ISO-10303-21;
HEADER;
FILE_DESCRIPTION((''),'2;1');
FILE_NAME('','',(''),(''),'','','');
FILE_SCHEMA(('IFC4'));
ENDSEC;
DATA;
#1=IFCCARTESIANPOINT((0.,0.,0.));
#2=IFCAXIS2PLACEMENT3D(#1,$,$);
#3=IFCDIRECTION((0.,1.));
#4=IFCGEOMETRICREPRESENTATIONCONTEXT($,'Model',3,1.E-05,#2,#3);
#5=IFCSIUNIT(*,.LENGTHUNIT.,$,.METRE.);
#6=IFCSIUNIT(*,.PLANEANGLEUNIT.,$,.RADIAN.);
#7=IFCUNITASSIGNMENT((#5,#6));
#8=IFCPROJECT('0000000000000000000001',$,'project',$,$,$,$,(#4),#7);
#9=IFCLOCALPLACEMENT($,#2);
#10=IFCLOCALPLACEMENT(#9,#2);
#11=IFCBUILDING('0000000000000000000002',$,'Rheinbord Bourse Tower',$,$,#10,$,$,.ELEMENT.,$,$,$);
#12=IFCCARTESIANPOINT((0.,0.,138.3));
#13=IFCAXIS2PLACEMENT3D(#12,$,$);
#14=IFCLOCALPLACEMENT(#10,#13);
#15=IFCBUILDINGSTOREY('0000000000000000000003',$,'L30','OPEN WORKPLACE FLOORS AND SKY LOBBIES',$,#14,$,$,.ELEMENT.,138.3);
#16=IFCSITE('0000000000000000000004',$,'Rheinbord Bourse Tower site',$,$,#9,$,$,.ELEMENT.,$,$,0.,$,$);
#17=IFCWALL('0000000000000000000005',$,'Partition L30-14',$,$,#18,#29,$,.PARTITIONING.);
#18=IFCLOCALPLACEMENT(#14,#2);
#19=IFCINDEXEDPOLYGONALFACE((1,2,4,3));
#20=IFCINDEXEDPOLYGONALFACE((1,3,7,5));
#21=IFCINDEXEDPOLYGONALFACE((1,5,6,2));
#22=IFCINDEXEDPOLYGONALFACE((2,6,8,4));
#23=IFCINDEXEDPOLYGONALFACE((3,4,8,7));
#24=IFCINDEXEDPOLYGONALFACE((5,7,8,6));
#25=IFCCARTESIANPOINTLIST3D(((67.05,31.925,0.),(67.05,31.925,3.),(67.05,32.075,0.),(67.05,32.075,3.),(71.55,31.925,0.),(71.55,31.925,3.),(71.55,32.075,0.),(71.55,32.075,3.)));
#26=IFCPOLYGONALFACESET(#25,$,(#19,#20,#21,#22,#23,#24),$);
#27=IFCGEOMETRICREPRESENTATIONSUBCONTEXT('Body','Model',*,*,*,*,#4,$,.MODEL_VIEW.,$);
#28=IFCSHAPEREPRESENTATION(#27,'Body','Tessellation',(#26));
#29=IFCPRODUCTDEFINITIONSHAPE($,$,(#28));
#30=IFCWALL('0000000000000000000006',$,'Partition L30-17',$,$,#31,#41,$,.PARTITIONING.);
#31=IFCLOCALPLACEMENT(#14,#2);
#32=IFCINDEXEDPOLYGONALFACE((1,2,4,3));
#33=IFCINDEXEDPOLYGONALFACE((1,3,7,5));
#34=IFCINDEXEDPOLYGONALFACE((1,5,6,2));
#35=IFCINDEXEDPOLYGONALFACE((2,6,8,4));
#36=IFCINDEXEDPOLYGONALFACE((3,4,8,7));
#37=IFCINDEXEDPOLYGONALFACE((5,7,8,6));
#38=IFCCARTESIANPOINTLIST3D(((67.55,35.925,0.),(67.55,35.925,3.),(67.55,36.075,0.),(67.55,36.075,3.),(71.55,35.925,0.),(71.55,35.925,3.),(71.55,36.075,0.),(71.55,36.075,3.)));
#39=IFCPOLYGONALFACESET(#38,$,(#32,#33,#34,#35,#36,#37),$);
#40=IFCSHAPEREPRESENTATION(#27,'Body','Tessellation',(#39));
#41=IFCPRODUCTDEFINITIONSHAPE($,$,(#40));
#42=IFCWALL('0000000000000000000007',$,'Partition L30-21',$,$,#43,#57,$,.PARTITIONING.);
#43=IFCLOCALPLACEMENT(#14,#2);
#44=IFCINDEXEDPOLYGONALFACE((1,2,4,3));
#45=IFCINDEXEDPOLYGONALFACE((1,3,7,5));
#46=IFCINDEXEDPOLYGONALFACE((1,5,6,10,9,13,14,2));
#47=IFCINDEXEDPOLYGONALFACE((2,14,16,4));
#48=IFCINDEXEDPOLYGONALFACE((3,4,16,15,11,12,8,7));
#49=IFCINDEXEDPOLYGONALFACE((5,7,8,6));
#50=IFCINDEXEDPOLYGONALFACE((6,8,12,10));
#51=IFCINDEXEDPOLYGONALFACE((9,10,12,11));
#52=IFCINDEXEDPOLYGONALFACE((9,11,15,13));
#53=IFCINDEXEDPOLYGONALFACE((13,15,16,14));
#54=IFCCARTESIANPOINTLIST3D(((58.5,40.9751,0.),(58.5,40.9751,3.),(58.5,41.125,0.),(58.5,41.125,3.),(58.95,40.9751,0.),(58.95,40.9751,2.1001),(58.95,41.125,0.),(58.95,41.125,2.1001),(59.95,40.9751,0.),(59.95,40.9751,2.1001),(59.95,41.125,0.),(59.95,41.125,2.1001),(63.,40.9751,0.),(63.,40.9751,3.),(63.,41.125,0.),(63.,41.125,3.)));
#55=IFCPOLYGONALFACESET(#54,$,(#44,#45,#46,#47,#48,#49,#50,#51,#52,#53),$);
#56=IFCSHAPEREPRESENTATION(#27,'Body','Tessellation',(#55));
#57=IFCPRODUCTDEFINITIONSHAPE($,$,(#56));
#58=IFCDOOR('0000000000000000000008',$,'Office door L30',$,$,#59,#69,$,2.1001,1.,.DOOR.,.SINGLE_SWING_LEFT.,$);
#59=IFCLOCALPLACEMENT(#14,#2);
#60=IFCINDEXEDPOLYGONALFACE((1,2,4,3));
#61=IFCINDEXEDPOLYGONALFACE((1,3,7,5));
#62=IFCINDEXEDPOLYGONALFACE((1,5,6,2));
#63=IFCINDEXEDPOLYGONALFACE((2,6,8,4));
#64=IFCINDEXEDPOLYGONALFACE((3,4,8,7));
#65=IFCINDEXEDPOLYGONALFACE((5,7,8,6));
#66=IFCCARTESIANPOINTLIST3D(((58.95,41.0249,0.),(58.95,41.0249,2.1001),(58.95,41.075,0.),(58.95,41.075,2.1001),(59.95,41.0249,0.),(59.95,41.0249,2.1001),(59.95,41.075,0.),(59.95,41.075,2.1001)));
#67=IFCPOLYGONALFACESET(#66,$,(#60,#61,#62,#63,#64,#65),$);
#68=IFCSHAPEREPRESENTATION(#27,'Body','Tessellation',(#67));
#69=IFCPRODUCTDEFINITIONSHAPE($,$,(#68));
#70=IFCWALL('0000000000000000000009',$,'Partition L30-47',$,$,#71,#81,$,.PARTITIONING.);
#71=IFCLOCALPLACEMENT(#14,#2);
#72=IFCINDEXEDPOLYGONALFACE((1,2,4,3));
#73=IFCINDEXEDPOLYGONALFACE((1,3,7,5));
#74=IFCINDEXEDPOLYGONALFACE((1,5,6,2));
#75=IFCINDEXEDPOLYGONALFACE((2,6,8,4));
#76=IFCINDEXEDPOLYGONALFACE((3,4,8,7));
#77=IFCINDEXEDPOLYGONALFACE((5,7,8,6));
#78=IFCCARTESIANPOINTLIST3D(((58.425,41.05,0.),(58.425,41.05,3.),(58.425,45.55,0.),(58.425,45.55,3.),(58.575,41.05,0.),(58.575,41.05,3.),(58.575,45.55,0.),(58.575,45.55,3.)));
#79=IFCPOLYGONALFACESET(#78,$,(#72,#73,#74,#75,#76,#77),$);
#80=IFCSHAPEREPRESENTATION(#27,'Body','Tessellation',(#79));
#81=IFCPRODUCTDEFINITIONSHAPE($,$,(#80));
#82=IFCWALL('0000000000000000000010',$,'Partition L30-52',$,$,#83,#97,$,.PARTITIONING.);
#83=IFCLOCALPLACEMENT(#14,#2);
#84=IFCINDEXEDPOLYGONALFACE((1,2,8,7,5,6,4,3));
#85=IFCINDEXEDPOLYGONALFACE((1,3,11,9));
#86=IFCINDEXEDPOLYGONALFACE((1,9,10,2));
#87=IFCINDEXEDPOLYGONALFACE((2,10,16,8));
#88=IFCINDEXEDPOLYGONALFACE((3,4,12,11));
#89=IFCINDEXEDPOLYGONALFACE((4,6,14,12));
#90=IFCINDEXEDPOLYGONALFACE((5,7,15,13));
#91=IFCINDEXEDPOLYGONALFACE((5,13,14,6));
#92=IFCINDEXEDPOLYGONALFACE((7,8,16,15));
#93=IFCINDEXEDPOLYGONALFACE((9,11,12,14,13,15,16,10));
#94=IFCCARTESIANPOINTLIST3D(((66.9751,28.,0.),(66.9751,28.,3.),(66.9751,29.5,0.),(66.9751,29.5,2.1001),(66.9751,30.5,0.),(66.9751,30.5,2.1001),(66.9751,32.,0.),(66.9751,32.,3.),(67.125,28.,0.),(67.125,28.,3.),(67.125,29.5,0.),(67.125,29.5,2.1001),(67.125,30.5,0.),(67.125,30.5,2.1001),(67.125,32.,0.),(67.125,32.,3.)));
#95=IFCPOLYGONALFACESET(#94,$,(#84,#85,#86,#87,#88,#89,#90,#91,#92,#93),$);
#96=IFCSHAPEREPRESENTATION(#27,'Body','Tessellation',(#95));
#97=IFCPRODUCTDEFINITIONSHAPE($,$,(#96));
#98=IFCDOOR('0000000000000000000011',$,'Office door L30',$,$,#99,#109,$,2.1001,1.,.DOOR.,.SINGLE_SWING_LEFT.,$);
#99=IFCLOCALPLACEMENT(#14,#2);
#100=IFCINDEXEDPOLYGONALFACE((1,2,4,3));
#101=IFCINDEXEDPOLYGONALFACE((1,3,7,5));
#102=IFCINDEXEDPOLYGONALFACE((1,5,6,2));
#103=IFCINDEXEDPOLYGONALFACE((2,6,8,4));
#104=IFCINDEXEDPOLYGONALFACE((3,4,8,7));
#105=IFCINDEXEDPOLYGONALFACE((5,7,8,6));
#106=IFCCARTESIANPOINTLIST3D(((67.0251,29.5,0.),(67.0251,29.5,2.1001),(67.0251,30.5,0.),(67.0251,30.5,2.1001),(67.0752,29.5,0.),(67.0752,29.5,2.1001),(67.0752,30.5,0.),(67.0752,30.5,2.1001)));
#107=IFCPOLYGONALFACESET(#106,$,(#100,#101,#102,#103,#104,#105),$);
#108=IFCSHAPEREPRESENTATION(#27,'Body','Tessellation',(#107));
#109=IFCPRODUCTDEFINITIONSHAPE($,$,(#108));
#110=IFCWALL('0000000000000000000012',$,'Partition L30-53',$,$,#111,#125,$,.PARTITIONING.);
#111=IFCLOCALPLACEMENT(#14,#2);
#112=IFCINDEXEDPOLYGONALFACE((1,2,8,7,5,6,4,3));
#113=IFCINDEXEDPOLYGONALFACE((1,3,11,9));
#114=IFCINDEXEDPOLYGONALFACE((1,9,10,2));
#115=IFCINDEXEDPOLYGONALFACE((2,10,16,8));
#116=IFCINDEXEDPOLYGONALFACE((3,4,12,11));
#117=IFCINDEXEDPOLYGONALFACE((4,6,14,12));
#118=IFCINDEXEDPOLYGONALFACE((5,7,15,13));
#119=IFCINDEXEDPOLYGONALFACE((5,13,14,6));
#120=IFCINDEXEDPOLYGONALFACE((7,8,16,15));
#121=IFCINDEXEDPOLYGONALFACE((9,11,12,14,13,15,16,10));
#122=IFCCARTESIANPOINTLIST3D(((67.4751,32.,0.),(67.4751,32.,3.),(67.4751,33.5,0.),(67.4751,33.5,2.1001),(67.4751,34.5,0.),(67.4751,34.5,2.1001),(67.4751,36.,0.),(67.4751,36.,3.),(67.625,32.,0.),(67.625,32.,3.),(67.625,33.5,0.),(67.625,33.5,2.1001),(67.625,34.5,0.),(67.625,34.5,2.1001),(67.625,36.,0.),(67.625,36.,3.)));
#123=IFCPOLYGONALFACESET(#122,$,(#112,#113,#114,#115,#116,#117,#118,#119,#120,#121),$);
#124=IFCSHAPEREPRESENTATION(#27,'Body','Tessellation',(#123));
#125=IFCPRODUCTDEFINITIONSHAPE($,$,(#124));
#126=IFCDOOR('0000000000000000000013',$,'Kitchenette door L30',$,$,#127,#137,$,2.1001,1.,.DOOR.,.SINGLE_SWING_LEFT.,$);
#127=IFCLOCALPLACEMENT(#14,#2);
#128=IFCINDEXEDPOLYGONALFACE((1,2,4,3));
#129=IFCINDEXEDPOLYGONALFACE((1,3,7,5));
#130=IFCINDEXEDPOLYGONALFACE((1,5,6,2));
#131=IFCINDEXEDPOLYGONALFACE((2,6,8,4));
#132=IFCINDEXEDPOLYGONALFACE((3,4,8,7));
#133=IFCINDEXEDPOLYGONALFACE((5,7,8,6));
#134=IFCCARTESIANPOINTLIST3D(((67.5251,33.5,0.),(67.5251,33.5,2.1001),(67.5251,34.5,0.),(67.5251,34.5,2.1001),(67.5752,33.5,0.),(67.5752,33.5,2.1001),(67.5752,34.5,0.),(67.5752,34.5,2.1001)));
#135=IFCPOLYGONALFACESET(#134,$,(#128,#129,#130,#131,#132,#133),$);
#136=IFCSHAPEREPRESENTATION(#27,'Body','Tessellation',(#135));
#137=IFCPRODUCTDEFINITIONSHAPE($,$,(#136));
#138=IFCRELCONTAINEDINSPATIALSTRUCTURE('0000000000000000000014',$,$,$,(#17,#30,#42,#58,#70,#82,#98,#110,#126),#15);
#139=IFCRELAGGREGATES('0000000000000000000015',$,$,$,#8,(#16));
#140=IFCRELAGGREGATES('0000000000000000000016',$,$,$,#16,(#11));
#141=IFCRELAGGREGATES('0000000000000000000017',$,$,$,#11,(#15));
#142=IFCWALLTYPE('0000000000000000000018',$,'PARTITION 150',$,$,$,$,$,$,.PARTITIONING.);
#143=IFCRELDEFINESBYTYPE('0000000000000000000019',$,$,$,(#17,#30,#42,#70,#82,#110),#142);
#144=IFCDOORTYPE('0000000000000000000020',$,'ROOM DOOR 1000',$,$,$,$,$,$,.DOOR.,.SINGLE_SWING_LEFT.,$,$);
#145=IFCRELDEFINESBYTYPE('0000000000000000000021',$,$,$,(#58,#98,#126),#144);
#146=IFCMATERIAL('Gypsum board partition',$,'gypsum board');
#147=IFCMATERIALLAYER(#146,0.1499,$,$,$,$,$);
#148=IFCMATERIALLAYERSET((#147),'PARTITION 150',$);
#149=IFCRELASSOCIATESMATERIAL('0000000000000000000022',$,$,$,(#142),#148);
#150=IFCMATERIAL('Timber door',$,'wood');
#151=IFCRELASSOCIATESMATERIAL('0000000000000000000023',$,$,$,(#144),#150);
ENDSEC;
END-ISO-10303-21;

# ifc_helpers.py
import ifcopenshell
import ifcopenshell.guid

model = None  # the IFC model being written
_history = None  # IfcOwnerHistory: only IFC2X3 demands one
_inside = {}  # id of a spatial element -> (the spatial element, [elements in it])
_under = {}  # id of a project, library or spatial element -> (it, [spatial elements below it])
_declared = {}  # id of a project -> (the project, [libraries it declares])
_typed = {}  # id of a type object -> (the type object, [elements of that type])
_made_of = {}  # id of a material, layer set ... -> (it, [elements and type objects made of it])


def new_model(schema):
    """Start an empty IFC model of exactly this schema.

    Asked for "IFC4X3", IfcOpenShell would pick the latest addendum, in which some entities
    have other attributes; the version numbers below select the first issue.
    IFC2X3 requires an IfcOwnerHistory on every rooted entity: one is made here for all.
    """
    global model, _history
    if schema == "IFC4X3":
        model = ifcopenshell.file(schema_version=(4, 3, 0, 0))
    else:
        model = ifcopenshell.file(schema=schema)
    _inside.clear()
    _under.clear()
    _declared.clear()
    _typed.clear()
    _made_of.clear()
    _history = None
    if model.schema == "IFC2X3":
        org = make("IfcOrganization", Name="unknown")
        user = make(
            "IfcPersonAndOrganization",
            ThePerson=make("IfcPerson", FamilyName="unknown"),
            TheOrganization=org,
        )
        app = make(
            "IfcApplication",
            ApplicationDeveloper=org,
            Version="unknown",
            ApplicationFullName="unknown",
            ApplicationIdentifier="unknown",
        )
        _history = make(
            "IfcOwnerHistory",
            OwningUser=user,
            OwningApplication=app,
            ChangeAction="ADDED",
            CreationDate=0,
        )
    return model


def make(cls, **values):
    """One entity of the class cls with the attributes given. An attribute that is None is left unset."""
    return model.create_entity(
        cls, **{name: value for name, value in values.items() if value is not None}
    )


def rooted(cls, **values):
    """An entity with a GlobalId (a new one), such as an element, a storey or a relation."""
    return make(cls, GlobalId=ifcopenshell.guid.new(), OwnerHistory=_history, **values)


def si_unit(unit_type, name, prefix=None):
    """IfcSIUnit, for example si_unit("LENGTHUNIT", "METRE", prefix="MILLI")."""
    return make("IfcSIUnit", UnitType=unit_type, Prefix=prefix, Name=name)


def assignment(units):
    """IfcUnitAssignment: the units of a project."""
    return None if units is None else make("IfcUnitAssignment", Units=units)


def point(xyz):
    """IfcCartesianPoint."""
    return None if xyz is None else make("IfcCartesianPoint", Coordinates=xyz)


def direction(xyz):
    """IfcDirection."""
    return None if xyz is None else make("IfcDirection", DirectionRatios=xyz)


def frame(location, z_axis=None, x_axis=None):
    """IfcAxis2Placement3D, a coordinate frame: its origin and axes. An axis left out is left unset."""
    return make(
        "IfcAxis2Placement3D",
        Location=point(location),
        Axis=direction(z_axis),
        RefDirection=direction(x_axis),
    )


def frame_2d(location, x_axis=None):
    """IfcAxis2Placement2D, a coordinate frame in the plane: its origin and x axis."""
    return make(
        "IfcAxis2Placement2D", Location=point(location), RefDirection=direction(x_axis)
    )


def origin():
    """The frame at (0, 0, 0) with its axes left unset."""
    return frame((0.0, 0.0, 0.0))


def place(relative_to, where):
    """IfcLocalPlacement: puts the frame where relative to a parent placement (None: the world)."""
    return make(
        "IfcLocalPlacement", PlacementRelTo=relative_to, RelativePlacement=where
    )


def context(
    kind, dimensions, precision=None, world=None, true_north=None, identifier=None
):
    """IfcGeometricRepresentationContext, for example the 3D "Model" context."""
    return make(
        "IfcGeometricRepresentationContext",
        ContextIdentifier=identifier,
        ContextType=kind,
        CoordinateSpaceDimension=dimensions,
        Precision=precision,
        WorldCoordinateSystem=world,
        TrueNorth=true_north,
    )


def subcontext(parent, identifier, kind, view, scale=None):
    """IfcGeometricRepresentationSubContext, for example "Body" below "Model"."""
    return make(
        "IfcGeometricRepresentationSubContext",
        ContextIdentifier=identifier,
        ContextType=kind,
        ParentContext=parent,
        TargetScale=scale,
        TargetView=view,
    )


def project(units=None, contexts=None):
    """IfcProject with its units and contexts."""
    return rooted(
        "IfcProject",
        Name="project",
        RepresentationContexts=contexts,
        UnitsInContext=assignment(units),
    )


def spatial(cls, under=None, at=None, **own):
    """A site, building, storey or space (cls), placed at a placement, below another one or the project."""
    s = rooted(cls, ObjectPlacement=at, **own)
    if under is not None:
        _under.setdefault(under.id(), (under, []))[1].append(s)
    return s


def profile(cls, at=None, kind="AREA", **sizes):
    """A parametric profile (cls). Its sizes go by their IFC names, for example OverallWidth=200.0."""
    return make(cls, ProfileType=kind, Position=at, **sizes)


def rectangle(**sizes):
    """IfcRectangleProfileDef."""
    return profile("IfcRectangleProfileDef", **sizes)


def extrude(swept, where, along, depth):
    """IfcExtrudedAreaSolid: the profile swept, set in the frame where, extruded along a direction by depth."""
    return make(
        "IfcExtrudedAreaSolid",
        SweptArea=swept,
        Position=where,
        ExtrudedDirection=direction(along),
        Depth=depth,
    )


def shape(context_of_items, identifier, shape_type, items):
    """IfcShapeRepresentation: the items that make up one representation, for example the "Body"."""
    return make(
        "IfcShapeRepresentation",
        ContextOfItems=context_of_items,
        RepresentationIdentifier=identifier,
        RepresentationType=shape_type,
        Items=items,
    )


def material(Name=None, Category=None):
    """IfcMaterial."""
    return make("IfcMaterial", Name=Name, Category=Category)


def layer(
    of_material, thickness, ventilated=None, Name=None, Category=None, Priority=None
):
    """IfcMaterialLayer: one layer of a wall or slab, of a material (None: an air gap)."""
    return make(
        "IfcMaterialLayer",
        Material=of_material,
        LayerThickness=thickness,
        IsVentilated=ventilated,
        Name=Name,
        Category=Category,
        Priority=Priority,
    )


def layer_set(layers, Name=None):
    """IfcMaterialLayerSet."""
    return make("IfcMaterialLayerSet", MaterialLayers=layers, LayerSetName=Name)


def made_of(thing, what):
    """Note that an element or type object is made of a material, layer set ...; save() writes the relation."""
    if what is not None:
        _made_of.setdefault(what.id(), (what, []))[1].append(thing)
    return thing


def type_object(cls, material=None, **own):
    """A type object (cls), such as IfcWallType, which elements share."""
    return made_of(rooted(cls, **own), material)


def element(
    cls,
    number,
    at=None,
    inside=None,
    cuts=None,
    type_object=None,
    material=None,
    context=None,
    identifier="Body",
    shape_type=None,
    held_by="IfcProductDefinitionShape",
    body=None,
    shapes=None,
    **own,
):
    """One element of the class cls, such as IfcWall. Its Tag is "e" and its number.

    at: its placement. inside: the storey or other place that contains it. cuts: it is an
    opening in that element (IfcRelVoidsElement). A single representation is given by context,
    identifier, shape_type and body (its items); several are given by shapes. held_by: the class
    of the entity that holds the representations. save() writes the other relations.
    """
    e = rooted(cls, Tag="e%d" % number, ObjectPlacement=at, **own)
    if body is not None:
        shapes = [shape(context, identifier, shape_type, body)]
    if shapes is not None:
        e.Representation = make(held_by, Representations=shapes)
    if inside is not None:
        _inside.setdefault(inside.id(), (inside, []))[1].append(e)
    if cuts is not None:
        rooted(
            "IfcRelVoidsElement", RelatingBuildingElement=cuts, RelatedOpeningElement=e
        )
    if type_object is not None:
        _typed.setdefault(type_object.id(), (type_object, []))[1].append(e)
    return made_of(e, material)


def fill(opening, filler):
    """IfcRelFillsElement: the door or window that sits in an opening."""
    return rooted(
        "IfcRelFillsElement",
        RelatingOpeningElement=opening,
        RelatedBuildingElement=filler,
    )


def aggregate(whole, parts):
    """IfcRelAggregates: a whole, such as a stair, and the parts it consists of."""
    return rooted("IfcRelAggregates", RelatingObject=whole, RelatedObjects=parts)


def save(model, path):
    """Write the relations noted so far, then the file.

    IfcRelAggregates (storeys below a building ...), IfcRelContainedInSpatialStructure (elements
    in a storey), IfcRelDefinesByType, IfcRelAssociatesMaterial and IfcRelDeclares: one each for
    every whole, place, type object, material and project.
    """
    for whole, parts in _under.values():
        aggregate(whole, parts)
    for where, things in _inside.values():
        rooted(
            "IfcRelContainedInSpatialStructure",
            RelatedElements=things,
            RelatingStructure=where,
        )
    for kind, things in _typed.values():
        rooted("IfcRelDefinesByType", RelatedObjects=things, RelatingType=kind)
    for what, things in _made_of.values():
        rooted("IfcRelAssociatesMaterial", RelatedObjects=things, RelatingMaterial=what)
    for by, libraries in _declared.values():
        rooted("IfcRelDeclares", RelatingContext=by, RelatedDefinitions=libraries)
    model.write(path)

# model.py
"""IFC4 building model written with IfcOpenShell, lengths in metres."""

from ifc_helpers import new_model, si_unit, direction, frame, frame_2d, origin, place, context, subcontext, project, spatial, rectangle, extrude, material, layer, layer_set, type_object, element, fill, save


model = new_model("IFC4")

# Units and contexts
model_context = context("Model", 3, precision=1e-05, world=origin(), true_north=direction((0.0, 1.0)))
body_context = subcontext(model_context, "Body", "Model", "MODEL_VIEW")
ifc_project = project(units=[si_unit("LENGTHUNIT", "METRE"), si_unit("PLANEANGLEUNIT", "RADIAN")], contexts=[model_context])

# Site, building, storey
site_placement = place(None, origin())
site = spatial("IfcSite", under=ifc_project, at=site_placement, Name="Rheinbord Bourse Tower site", CompositionType="ELEMENT", RefElevation=0.0)
building_placement = place(site_placement, origin())
building = spatial("IfcBuilding", under=site, at=building_placement, Name="Rheinbord Bourse Tower", CompositionType="ELEMENT")
storey_placement = place(building_placement, frame((0.0, 0.0, 138.3)))
storey = spatial("IfcBuildingStorey", under=building, at=storey_placement, Name="L30", Description="OPEN WORKPLACE FLOORS AND SKY LOBBIES", CompositionType="ELEMENT", Elevation=138.3)

# Walls
ifc_material_1 = material(Name="Gypsum board partition", Category="gypsum board")
ifc_layer_1 = layer(ifc_material_1, 0.1499)
ifc_layer_set_1 = layer_set([ifc_layer_1], Name="PARTITION 150")
wall_type_1 = type_object("IfcWallType", Name="PARTITION 150", PredefinedType="PARTITIONING", material=ifc_layer_set_1)
wall_1_placement = place(storey_placement, frame((67.05, 32.0, 0.0), z_axis=(0.0, 0.0, 1.0), x_axis=(1.0, 0.0, 0.0)))
element("IfcWall", 1, at=wall_1_placement, inside=storey, type_object=wall_type_1, Name="Partition L30-14", PredefinedType="PARTITIONING", context=body_context, shape_type="SweptSolid", body=[
    extrude(rectangle(XDim=4.5, YDim=0.1499, at=frame_2d((2.25, 0.0))), origin(), (0.0, 0.0, 1.0), 3.0),
])
wall_2_placement = place(storey_placement, frame((67.55, 36.0, 0.0), z_axis=(0.0, 0.0, 1.0), x_axis=(1.0, 0.0, 0.0)))
element("IfcWall", 2, at=wall_2_placement, inside=storey, type_object=wall_type_1, Name="Partition L30-17", PredefinedType="PARTITIONING", context=body_context, shape_type="SweptSolid", body=[
    extrude(rectangle(XDim=4.0, YDim=0.1499, at=frame_2d((2.0, 0.0))), origin(), (0.0, 0.0, 1.0), 3.0),
])

# Wall, opening, door
wall_3_placement = place(storey_placement, frame((58.5, 41.05, 0.0), z_axis=(0.0, 0.0, 1.0), x_axis=(1.0, 0.0, 0.0)))
wall_3 = element("IfcWall", 3, at=wall_3_placement, inside=storey, type_object=wall_type_1, Name="Partition L30-21", PredefinedType="PARTITIONING", context=body_context, shape_type="SweptSolid", body=[
    extrude(rectangle(XDim=4.5, YDim=0.1499, at=frame_2d((2.25, 0.0))), origin(), (0.0, 0.0, 1.0), 3.0),
])
opening_1_placement = place(wall_3_placement, frame((0.45, 0.0, 0.0)))
opening_1 = element("IfcOpeningElement", 4, at=opening_1_placement, cuts=wall_3, PredefinedType="OPENING", context=body_context, shape_type="SweptSolid", body=[
    extrude(rectangle(XDim=1.0, YDim=2.1001, at=frame_2d((0.5, 1.05))), frame((0.0, 0.085, 0.0), z_axis=(0.0, -1.0, 0.0), x_axis=(1.0, 0.0, 0.0)), (0.0, 0.0, 1.0), 0.1699),
])
ifc_material_2 = material(Name="Timber door", Category="wood")
door_type = type_object("IfcDoorType", Name="ROOM DOOR 1000", OperationType="SINGLE_SWING_LEFT", PredefinedType="DOOR", material=ifc_material_2)
door_1_placement = place(opening_1_placement, origin())
door_1 = element("IfcDoor", 5, at=door_1_placement, inside=storey, type_object=door_type, Name="Office door L30", OperationType="SINGLE_SWING_LEFT", OverallHeight=2.1001, OverallWidth=1.0, PredefinedType="DOOR", context=body_context, shape_type="SweptSolid", body=[
    extrude(rectangle(XDim=1.0, YDim=2.1001, at=frame_2d((0.5, 1.05))), frame((0.0, 0.0249, 0.0), z_axis=(0.0, -1.0, 0.0), x_axis=(1.0, 0.0, 0.0)), (0.0, 0.0, 1.0), 0.05),
])
fill(opening_1, door_1)

# Wall
wall_4_placement = place(storey_placement, frame((58.5, 41.05, 0.0), z_axis=(0.0, 0.0, 1.0), x_axis=(0.0, 1.0, 0.0)))
element("IfcWall", 6, at=wall_4_placement, inside=storey, type_object=wall_type_1, Name="Partition L30-47", PredefinedType="PARTITIONING", context=body_context, shape_type="SweptSolid", body=[
    extrude(rectangle(XDim=4.5, YDim=0.1499, at=frame_2d((2.25, 0.0))), origin(), (0.0, 0.0, 1.0), 3.0),
])

# Walls, openings, doors
wall_5_placement = place(storey_placement, frame((67.05, 28.0, 0.0), z_axis=(0.0, 0.0, 1.0), x_axis=(0.0, 1.0, 0.0)))
wall_5 = element("IfcWall", 7, at=wall_5_placement, inside=storey, type_object=wall_type_1, Name="Partition L30-52", PredefinedType="PARTITIONING", context=body_context, shape_type="SweptSolid", body=[
    extrude(rectangle(XDim=4.0, YDim=0.1499, at=frame_2d((2.0, 0.0))), origin(), (0.0, 0.0, 1.0), 3.0),
])
opening_2_placement = place(wall_5_placement, frame((1.5, 0.0, 0.0)))
opening_2 = element("IfcOpeningElement", 8, at=opening_2_placement, cuts=wall_5, PredefinedType="OPENING", context=body_context, shape_type="SweptSolid", body=[
    extrude(rectangle(XDim=1.0, YDim=2.1001, at=frame_2d((0.5, 1.05))), frame((0.0, 0.085, 0.0), z_axis=(0.0, -1.0, 0.0), x_axis=(1.0, 0.0, 0.0)), (0.0, 0.0, 1.0), 0.1699),
])
door_2_placement = place(opening_2_placement, origin())
door_2 = element("IfcDoor", 9, at=door_2_placement, inside=storey, type_object=door_type, Name="Office door L30", OperationType="SINGLE_SWING_LEFT", OverallHeight=2.1001, OverallWidth=1.0, PredefinedType="DOOR", context=body_context, shape_type="SweptSolid", body=[
    extrude(rectangle(XDim=1.0, YDim=2.1001, at=frame_2d((0.5, 1.05))), frame((0.0, 0.0249, 0.0), z_axis=(0.0, -1.0, 0.0), x_axis=(1.0, 0.0, 0.0)), (0.0, 0.0, 1.0), 0.05),
])
fill(opening_2, door_2)
wall_6_placement = place(storey_placement, frame((67.55, 32.0, 0.0), z_axis=(0.0, 0.0, 1.0), x_axis=(0.0, 1.0, 0.0)))
wall_6 = element("IfcWall", 10, at=wall_6_placement, inside=storey, type_object=wall_type_1, Name="Partition L30-53", PredefinedType="PARTITIONING", context=body_context, shape_type="SweptSolid", body=[
    extrude(rectangle(XDim=4.0, YDim=0.1499, at=frame_2d((2.0, 0.0))), origin(), (0.0, 0.0, 1.0), 3.0),
])
opening_3_placement = place(wall_6_placement, frame((1.5, 0.0, 0.0)))
opening_3 = element("IfcOpeningElement", 11, at=opening_3_placement, cuts=wall_6, PredefinedType="OPENING", context=body_context, shape_type="SweptSolid", body=[
    extrude(rectangle(XDim=1.0, YDim=2.1001, at=frame_2d((0.5, 1.05))), frame((0.0, 0.085, 0.0), z_axis=(0.0, -1.0, 0.0), x_axis=(1.0, 0.0, 0.0)), (0.0, 0.0, 1.0), 0.1699),
])
door_3_placement = place(opening_3_placement, origin())
door_3 = element("IfcDoor", 12, at=door_3_placement, inside=storey, type_object=door_type, Name="Kitchenette door L30", OperationType="SINGLE_SWING_LEFT", OverallHeight=2.1001, OverallWidth=1.0, PredefinedType="DOOR", context=body_context, shape_type="SweptSolid", body=[
    extrude(rectangle(XDim=1.0, YDim=2.1001, at=frame_2d((0.5, 1.05))), frame((0.0, 0.0249, 0.0), z_axis=(0.0, -1.0, 0.0), x_axis=(1.0, 0.0, 0.0)), (0.0, 0.0, 1.0), 0.05),
])
fill(opening_3, door_3)

save(model, "model.ifc")
